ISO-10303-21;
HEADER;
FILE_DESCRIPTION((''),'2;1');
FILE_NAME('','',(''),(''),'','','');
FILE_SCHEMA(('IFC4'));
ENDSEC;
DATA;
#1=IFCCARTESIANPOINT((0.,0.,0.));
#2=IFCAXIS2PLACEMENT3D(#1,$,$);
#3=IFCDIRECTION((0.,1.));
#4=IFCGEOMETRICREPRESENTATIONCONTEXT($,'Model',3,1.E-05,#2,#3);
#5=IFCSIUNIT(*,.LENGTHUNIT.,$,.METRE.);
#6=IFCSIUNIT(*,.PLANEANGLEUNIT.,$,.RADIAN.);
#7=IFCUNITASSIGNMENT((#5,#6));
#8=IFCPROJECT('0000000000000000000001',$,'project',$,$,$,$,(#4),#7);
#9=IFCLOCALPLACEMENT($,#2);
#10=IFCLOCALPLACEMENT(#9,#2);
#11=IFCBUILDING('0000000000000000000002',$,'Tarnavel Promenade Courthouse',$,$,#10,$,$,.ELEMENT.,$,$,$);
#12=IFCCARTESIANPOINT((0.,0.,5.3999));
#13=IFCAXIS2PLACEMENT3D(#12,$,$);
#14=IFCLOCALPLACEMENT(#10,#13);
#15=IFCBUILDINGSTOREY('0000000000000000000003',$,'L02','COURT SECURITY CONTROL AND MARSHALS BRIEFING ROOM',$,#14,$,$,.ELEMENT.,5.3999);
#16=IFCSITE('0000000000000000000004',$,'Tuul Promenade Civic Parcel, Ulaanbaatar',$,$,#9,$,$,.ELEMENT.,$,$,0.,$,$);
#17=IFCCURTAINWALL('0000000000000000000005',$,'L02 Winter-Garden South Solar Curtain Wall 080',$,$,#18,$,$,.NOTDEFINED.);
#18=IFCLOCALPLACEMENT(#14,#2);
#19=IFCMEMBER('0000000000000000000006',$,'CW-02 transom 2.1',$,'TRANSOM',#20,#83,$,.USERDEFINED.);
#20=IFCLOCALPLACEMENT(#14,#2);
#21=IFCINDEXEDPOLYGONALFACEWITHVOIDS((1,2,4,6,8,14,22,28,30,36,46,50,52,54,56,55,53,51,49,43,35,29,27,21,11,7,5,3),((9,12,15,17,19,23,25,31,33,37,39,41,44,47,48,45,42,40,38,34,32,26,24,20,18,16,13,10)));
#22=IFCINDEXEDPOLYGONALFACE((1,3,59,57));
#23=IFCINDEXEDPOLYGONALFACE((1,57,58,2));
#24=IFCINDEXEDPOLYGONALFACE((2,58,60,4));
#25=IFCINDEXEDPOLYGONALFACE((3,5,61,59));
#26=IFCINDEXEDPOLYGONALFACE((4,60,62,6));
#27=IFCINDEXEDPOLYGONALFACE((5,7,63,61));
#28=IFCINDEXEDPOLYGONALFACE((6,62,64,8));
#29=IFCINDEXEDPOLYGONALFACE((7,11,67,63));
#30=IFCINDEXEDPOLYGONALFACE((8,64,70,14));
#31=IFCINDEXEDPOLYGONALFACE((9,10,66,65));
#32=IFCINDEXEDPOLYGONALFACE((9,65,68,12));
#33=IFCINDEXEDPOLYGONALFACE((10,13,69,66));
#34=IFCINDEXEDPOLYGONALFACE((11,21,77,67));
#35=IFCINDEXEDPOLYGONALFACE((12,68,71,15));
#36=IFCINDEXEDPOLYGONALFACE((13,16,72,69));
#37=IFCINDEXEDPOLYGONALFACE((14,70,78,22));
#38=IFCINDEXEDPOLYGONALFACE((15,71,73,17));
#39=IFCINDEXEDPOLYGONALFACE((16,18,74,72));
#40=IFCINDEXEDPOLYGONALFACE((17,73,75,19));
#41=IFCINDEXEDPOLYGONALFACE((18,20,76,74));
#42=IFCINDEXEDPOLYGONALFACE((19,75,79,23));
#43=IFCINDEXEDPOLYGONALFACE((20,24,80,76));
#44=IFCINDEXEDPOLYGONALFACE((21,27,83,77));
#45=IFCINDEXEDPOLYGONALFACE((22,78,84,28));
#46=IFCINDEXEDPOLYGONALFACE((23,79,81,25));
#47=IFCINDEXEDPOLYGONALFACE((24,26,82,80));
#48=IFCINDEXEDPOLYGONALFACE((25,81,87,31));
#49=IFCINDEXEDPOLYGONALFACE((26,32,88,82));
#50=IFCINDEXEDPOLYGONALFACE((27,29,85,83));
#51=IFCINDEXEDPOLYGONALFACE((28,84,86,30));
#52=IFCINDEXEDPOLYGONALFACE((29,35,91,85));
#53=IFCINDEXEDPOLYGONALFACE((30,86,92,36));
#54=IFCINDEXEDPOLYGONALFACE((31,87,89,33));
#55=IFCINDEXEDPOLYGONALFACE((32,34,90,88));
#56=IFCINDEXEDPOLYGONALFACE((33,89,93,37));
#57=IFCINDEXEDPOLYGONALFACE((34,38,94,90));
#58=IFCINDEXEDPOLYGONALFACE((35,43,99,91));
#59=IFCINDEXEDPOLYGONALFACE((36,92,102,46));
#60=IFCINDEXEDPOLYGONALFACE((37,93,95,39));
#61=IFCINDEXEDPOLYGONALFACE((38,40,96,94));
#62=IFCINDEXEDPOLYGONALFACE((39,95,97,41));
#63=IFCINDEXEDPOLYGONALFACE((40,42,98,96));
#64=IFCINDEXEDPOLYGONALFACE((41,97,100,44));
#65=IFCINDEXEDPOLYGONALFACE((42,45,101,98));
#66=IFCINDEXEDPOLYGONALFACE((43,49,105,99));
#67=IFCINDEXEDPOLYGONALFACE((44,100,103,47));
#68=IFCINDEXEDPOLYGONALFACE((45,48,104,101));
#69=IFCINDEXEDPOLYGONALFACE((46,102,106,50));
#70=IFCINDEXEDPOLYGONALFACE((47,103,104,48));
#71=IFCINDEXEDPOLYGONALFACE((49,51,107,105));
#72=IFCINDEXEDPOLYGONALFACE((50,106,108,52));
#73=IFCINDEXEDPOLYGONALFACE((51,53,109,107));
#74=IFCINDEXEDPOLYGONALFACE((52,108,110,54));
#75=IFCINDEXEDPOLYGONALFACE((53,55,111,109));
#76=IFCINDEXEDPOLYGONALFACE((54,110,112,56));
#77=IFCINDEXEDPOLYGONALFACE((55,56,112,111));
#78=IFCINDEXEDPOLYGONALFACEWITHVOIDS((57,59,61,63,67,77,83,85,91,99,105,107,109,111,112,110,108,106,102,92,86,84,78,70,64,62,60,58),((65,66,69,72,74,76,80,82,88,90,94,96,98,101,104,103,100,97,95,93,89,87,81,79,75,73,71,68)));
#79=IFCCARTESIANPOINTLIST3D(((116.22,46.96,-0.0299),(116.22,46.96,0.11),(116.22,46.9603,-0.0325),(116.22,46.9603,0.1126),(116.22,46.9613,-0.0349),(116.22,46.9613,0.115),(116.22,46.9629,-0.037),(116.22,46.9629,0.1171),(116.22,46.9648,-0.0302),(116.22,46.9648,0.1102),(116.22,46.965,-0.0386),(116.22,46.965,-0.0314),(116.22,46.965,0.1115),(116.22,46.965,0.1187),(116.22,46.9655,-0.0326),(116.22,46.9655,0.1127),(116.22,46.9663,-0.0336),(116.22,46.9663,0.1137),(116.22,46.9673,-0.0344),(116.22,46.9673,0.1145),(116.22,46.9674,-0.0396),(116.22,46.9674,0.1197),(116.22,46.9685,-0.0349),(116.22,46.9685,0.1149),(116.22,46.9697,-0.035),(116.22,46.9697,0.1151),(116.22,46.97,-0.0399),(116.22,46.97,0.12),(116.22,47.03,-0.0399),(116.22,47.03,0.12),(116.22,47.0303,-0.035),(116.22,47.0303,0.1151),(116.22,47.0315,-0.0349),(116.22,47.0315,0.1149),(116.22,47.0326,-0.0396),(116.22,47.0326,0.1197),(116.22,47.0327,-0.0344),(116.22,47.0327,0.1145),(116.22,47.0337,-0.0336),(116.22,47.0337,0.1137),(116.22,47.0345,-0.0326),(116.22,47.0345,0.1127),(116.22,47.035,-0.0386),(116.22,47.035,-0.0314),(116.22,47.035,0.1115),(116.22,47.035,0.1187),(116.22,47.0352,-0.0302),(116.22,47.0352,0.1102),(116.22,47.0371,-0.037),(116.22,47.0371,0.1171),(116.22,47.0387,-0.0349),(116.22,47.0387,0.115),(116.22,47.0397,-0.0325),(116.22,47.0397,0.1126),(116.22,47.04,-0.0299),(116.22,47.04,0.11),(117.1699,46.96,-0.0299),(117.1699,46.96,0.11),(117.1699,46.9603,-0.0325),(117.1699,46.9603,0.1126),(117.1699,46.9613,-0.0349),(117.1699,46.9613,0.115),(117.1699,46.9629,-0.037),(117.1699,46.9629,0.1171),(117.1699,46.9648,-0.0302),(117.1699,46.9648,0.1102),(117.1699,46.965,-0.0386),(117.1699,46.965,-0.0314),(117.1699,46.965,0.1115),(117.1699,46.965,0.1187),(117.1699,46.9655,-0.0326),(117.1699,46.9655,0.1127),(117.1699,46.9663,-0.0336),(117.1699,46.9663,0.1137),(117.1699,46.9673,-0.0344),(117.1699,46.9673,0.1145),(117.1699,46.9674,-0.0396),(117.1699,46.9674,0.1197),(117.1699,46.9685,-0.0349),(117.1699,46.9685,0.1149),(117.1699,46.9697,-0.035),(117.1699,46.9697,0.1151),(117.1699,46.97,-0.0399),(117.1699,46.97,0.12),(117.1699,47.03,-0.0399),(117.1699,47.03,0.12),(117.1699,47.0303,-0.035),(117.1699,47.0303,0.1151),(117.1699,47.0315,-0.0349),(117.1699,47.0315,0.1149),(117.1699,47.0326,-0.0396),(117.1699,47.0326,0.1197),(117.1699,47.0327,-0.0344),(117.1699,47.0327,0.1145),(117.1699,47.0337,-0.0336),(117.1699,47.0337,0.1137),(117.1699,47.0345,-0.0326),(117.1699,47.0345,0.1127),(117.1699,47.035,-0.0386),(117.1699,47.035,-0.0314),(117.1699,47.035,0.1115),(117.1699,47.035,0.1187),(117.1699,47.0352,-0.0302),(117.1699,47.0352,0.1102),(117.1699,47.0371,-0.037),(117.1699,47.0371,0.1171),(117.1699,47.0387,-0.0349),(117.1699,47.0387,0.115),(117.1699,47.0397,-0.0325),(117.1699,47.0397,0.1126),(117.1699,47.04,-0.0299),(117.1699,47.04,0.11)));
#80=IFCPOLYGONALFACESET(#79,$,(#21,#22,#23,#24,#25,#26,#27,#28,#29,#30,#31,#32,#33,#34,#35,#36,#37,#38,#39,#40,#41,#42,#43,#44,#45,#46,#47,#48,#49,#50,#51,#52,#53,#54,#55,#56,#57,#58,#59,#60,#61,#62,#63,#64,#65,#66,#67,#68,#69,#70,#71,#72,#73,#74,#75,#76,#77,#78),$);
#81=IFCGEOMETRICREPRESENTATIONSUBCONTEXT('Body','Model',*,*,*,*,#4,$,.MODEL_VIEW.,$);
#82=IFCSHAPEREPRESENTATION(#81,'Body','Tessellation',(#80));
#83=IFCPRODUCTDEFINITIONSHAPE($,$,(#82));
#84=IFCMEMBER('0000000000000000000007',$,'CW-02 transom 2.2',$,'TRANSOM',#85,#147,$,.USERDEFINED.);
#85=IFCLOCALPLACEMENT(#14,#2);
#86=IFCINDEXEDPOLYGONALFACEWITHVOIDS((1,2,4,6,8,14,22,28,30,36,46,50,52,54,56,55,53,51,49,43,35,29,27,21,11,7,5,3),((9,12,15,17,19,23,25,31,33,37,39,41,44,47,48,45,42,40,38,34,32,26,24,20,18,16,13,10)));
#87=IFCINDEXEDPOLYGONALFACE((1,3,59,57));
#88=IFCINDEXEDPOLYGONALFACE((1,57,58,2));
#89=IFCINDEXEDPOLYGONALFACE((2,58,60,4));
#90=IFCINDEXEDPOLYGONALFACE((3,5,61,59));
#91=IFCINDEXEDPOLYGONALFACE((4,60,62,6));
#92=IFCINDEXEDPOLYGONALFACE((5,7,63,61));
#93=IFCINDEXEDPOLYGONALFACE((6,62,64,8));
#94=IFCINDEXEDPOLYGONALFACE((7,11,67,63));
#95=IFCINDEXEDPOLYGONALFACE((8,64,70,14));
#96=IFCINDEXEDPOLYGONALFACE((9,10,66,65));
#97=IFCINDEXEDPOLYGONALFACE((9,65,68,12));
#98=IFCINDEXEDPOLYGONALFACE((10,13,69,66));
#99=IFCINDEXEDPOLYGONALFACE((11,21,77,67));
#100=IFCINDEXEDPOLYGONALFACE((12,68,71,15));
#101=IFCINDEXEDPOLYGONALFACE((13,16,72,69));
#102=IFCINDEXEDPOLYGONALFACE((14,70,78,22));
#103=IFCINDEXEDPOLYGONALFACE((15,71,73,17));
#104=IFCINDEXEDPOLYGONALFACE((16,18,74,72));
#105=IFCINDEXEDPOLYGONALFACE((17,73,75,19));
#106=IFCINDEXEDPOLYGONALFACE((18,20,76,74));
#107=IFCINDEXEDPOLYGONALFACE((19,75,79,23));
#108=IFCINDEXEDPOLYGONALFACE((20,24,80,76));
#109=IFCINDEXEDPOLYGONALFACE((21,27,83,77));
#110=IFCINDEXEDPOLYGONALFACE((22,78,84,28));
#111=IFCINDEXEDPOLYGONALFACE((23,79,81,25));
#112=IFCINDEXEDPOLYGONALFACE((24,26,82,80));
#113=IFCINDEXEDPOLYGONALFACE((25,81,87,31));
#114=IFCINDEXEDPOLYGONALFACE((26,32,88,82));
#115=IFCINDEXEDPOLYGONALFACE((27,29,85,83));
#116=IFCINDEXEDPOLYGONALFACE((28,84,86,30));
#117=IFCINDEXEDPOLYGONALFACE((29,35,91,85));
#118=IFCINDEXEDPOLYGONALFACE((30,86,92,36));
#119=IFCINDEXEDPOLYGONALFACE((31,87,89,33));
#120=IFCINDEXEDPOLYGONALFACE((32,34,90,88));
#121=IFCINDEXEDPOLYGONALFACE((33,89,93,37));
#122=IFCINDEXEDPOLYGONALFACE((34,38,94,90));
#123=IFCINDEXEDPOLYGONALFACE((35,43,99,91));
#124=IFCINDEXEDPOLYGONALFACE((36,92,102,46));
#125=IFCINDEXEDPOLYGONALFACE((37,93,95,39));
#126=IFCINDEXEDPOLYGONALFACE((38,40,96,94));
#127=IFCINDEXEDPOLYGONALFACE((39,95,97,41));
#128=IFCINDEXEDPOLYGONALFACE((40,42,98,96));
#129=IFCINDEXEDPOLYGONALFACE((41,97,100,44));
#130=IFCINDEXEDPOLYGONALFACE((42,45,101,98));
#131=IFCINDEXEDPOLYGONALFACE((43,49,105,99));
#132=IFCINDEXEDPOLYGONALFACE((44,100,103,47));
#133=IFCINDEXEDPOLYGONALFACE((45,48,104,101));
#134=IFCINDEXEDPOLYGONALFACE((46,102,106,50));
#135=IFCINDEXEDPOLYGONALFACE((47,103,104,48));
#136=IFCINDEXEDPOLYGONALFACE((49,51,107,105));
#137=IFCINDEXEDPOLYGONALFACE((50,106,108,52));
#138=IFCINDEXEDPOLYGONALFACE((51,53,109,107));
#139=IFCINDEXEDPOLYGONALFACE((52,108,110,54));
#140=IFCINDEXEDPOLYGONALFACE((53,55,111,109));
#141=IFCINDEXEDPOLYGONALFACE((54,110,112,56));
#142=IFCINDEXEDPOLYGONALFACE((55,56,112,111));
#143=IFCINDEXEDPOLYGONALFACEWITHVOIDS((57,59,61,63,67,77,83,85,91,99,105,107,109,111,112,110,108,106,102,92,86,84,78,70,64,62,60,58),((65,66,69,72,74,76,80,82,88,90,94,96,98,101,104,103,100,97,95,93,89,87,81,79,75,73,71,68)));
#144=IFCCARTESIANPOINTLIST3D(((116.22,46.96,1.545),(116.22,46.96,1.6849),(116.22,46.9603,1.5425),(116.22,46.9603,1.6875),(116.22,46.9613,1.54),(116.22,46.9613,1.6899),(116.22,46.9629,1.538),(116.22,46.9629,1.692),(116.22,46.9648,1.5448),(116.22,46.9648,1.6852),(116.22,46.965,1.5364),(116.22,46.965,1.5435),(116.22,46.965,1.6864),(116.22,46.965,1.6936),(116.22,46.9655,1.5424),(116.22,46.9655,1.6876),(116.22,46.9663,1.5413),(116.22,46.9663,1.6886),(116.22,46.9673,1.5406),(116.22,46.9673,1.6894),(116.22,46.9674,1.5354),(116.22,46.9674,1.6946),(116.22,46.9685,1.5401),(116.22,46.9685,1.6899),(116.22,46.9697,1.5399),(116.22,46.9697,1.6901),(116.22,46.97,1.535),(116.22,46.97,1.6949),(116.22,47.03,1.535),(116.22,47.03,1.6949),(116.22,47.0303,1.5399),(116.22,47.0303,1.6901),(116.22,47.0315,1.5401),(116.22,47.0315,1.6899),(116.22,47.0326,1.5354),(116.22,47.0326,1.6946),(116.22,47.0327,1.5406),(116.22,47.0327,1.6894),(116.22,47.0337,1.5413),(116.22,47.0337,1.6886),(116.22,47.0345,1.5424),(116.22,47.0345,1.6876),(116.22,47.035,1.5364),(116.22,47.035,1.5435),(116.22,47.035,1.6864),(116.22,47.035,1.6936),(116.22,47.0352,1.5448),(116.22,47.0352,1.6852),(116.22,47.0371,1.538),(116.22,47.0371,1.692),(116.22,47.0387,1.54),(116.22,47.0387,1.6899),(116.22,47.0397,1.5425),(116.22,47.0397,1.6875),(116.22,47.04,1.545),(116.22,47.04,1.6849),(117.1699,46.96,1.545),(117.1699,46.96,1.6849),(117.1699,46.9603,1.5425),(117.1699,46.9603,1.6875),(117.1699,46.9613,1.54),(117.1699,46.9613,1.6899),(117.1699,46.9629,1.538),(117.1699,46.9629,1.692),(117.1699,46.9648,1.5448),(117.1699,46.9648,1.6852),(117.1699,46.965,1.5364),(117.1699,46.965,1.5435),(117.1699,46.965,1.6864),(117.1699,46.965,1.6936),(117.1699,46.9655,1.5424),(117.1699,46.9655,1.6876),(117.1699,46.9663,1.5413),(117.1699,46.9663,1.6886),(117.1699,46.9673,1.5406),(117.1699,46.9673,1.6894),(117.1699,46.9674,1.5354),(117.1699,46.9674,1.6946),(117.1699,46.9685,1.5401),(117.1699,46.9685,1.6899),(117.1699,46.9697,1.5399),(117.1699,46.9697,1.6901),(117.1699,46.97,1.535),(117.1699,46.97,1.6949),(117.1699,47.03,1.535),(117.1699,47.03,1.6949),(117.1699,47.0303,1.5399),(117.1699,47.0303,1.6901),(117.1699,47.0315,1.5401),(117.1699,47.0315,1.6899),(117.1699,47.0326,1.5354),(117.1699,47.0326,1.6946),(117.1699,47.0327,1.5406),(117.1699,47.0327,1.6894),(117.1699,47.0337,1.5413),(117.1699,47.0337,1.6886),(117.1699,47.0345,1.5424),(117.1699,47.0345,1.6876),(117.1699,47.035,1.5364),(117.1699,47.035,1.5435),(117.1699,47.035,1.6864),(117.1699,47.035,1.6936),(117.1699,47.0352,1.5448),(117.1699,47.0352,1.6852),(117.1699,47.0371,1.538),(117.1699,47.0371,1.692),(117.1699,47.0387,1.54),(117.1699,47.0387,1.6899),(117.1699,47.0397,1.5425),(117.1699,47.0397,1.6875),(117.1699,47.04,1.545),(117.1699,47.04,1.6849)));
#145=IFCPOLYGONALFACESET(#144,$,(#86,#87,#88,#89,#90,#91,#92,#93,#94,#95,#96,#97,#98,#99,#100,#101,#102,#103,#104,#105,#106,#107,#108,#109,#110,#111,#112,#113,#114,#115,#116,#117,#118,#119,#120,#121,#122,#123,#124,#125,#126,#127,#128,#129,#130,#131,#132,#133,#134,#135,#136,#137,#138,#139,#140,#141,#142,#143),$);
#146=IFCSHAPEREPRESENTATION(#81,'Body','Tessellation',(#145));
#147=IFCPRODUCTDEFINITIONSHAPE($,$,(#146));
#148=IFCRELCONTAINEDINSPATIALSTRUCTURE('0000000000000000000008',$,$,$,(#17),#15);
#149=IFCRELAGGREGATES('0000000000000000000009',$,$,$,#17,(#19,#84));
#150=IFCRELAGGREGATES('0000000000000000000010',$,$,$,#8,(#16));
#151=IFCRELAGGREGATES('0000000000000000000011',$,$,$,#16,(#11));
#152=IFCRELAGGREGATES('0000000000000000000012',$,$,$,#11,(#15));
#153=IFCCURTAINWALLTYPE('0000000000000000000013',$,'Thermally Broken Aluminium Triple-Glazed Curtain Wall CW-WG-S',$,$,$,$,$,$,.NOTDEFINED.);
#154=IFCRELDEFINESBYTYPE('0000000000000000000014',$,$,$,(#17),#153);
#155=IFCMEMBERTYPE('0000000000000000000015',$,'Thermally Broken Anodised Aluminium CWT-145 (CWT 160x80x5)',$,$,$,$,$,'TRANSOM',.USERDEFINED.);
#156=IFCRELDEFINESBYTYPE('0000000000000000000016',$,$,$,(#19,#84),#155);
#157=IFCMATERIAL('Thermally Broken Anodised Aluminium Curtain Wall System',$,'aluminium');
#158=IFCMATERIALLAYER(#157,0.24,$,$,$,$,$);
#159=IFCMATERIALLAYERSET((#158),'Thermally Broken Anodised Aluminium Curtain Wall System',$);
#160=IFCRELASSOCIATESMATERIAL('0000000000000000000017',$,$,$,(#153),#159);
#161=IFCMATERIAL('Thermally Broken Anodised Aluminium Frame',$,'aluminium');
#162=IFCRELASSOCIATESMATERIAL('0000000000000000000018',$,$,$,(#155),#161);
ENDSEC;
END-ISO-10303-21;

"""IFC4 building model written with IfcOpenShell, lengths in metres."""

from ifc_helpers import new_model, si_unit, direction, frame, origin, origin_2d, place, context, subcontext, project, spatial, hollow_rectangle, extrude, material, layer, layer_set, material_profile, profile_set, type_object, element, aggregate, save


model = new_model("IFC4")

# Units and contexts
model_context = context("Model", 3, precision=1e-05, world=origin(), true_north=direction((0.0, 1.0)))
body_context = subcontext(model_context, "Body", "Model", "MODEL_VIEW")
ifc_project = project(units=[si_unit("LENGTHUNIT", "METRE"), si_unit("PLANEANGLEUNIT", "RADIAN")], contexts=[model_context])

# Site, building, storey
site_placement = place(None, origin())
site = spatial("IfcSite", under=ifc_project, at=site_placement, Name="Tuul Promenade Civic Parcel, Ulaanbaatar", CompositionType="ELEMENT", RefElevation=0.0)
building_placement = place(site_placement, origin())
building = spatial("IfcBuilding", under=site, at=building_placement, Name="Tarnavel Promenade Courthouse", CompositionType="ELEMENT")
storey_placement = place(building_placement, frame((0.0, 0.0, 5.3999)))
storey = spatial("IfcBuildingStorey", under=building, at=storey_placement, Name="L02", Description="COURT SECURITY CONTROL AND MARSHALS BRIEFING ROOM", CompositionType="ELEMENT", Elevation=5.3999)

# Curtain wall
ifc_material_1 = material(Name="Thermally Broken Anodised Aluminium Curtain Wall System", Category="aluminium")
ifc_layer_1 = layer(ifc_material_1, 0.24)
ifc_layer_set_1 = layer_set([ifc_layer_1], Name="Thermally Broken Anodised Aluminium Curtain Wall System")
curtain_wall_type = type_object("IfcCurtainWallType", Name="Thermally Broken Aluminium Triple-Glazed Curtain Wall CW-WG-S", PredefinedType="NOTDEFINED", material=ifc_layer_set_1)
curtain_wall_1_placement = place(storey_placement, origin())
curtain_wall_1 = element("IfcCurtainWall", 1, at=curtain_wall_1_placement, inside=storey, type_object=curtain_wall_type, Name="L02 Winter-Garden South Solar Curtain Wall 080", PredefinedType="NOTDEFINED")
ifc_material_2 = material(Name="Thermally Broken Anodised Aluminium Frame", Category="aluminium")

# Members
ifc_material_profile_1 = material_profile(ifc_material_2, hollow_rectangle(XDim=0.0801, YDim=0.1599, WallThickness=0.0049, InnerFilletRadius=0.0049, OuterFilletRadius=0.01, at=origin_2d()), Name="CWT 160x80x5")
ifc_profile_set_1 = profile_set([ifc_material_profile_1], Name="Thermally Broken Anodised Aluminium Frame")
member_type_1 = type_object("IfcMemberType", Name="Thermally Broken Anodised Aluminium CWT-145 (CWT 160x80x5)", ElementType="TRANSOM", PredefinedType="USERDEFINED", material=ifc_profile_set_1)
member_1_placement = place(storey_placement, frame((116.22, 47.0, 0.04), z_axis=(1.0, 0.0, 0.0), x_axis=(0.0, 1.0, 0.0)))
member_1 = element("IfcMember", 2, at=member_1_placement, type_object=member_type_1, Name="CW-02 transom 2.1", ObjectType="TRANSOM", PredefinedType="USERDEFINED", context=body_context, shape_type="SweptSolid", body=[
    extrude(hollow_rectangle(XDim=0.0801, YDim=0.1599, WallThickness=0.0049, InnerFilletRadius=0.0049, OuterFilletRadius=0.01, at=origin_2d()), origin(), (0.0, 0.0, 1.0), 0.95),
])
member_2_placement = place(storey_placement, frame((116.22, 47.0, 1.615), z_axis=(1.0, 0.0, 0.0), x_axis=(0.0, 1.0, 0.0)))
member_2 = element("IfcMember", 3, at=member_2_placement, type_object=member_type_1, Name="CW-02 transom 2.2", ObjectType="TRANSOM", PredefinedType="USERDEFINED", context=body_context, shape_type="SweptSolid", body=[
    extrude(hollow_rectangle(XDim=0.0801, YDim=0.1599, WallThickness=0.0049, InnerFilletRadius=0.0049, OuterFilletRadius=0.01, at=origin_2d()), origin(), (0.0, 0.0, 1.0), 0.95),
])

aggregate(curtain_wall_1, [member_1, member_2])

save(model, "model.ifc")
